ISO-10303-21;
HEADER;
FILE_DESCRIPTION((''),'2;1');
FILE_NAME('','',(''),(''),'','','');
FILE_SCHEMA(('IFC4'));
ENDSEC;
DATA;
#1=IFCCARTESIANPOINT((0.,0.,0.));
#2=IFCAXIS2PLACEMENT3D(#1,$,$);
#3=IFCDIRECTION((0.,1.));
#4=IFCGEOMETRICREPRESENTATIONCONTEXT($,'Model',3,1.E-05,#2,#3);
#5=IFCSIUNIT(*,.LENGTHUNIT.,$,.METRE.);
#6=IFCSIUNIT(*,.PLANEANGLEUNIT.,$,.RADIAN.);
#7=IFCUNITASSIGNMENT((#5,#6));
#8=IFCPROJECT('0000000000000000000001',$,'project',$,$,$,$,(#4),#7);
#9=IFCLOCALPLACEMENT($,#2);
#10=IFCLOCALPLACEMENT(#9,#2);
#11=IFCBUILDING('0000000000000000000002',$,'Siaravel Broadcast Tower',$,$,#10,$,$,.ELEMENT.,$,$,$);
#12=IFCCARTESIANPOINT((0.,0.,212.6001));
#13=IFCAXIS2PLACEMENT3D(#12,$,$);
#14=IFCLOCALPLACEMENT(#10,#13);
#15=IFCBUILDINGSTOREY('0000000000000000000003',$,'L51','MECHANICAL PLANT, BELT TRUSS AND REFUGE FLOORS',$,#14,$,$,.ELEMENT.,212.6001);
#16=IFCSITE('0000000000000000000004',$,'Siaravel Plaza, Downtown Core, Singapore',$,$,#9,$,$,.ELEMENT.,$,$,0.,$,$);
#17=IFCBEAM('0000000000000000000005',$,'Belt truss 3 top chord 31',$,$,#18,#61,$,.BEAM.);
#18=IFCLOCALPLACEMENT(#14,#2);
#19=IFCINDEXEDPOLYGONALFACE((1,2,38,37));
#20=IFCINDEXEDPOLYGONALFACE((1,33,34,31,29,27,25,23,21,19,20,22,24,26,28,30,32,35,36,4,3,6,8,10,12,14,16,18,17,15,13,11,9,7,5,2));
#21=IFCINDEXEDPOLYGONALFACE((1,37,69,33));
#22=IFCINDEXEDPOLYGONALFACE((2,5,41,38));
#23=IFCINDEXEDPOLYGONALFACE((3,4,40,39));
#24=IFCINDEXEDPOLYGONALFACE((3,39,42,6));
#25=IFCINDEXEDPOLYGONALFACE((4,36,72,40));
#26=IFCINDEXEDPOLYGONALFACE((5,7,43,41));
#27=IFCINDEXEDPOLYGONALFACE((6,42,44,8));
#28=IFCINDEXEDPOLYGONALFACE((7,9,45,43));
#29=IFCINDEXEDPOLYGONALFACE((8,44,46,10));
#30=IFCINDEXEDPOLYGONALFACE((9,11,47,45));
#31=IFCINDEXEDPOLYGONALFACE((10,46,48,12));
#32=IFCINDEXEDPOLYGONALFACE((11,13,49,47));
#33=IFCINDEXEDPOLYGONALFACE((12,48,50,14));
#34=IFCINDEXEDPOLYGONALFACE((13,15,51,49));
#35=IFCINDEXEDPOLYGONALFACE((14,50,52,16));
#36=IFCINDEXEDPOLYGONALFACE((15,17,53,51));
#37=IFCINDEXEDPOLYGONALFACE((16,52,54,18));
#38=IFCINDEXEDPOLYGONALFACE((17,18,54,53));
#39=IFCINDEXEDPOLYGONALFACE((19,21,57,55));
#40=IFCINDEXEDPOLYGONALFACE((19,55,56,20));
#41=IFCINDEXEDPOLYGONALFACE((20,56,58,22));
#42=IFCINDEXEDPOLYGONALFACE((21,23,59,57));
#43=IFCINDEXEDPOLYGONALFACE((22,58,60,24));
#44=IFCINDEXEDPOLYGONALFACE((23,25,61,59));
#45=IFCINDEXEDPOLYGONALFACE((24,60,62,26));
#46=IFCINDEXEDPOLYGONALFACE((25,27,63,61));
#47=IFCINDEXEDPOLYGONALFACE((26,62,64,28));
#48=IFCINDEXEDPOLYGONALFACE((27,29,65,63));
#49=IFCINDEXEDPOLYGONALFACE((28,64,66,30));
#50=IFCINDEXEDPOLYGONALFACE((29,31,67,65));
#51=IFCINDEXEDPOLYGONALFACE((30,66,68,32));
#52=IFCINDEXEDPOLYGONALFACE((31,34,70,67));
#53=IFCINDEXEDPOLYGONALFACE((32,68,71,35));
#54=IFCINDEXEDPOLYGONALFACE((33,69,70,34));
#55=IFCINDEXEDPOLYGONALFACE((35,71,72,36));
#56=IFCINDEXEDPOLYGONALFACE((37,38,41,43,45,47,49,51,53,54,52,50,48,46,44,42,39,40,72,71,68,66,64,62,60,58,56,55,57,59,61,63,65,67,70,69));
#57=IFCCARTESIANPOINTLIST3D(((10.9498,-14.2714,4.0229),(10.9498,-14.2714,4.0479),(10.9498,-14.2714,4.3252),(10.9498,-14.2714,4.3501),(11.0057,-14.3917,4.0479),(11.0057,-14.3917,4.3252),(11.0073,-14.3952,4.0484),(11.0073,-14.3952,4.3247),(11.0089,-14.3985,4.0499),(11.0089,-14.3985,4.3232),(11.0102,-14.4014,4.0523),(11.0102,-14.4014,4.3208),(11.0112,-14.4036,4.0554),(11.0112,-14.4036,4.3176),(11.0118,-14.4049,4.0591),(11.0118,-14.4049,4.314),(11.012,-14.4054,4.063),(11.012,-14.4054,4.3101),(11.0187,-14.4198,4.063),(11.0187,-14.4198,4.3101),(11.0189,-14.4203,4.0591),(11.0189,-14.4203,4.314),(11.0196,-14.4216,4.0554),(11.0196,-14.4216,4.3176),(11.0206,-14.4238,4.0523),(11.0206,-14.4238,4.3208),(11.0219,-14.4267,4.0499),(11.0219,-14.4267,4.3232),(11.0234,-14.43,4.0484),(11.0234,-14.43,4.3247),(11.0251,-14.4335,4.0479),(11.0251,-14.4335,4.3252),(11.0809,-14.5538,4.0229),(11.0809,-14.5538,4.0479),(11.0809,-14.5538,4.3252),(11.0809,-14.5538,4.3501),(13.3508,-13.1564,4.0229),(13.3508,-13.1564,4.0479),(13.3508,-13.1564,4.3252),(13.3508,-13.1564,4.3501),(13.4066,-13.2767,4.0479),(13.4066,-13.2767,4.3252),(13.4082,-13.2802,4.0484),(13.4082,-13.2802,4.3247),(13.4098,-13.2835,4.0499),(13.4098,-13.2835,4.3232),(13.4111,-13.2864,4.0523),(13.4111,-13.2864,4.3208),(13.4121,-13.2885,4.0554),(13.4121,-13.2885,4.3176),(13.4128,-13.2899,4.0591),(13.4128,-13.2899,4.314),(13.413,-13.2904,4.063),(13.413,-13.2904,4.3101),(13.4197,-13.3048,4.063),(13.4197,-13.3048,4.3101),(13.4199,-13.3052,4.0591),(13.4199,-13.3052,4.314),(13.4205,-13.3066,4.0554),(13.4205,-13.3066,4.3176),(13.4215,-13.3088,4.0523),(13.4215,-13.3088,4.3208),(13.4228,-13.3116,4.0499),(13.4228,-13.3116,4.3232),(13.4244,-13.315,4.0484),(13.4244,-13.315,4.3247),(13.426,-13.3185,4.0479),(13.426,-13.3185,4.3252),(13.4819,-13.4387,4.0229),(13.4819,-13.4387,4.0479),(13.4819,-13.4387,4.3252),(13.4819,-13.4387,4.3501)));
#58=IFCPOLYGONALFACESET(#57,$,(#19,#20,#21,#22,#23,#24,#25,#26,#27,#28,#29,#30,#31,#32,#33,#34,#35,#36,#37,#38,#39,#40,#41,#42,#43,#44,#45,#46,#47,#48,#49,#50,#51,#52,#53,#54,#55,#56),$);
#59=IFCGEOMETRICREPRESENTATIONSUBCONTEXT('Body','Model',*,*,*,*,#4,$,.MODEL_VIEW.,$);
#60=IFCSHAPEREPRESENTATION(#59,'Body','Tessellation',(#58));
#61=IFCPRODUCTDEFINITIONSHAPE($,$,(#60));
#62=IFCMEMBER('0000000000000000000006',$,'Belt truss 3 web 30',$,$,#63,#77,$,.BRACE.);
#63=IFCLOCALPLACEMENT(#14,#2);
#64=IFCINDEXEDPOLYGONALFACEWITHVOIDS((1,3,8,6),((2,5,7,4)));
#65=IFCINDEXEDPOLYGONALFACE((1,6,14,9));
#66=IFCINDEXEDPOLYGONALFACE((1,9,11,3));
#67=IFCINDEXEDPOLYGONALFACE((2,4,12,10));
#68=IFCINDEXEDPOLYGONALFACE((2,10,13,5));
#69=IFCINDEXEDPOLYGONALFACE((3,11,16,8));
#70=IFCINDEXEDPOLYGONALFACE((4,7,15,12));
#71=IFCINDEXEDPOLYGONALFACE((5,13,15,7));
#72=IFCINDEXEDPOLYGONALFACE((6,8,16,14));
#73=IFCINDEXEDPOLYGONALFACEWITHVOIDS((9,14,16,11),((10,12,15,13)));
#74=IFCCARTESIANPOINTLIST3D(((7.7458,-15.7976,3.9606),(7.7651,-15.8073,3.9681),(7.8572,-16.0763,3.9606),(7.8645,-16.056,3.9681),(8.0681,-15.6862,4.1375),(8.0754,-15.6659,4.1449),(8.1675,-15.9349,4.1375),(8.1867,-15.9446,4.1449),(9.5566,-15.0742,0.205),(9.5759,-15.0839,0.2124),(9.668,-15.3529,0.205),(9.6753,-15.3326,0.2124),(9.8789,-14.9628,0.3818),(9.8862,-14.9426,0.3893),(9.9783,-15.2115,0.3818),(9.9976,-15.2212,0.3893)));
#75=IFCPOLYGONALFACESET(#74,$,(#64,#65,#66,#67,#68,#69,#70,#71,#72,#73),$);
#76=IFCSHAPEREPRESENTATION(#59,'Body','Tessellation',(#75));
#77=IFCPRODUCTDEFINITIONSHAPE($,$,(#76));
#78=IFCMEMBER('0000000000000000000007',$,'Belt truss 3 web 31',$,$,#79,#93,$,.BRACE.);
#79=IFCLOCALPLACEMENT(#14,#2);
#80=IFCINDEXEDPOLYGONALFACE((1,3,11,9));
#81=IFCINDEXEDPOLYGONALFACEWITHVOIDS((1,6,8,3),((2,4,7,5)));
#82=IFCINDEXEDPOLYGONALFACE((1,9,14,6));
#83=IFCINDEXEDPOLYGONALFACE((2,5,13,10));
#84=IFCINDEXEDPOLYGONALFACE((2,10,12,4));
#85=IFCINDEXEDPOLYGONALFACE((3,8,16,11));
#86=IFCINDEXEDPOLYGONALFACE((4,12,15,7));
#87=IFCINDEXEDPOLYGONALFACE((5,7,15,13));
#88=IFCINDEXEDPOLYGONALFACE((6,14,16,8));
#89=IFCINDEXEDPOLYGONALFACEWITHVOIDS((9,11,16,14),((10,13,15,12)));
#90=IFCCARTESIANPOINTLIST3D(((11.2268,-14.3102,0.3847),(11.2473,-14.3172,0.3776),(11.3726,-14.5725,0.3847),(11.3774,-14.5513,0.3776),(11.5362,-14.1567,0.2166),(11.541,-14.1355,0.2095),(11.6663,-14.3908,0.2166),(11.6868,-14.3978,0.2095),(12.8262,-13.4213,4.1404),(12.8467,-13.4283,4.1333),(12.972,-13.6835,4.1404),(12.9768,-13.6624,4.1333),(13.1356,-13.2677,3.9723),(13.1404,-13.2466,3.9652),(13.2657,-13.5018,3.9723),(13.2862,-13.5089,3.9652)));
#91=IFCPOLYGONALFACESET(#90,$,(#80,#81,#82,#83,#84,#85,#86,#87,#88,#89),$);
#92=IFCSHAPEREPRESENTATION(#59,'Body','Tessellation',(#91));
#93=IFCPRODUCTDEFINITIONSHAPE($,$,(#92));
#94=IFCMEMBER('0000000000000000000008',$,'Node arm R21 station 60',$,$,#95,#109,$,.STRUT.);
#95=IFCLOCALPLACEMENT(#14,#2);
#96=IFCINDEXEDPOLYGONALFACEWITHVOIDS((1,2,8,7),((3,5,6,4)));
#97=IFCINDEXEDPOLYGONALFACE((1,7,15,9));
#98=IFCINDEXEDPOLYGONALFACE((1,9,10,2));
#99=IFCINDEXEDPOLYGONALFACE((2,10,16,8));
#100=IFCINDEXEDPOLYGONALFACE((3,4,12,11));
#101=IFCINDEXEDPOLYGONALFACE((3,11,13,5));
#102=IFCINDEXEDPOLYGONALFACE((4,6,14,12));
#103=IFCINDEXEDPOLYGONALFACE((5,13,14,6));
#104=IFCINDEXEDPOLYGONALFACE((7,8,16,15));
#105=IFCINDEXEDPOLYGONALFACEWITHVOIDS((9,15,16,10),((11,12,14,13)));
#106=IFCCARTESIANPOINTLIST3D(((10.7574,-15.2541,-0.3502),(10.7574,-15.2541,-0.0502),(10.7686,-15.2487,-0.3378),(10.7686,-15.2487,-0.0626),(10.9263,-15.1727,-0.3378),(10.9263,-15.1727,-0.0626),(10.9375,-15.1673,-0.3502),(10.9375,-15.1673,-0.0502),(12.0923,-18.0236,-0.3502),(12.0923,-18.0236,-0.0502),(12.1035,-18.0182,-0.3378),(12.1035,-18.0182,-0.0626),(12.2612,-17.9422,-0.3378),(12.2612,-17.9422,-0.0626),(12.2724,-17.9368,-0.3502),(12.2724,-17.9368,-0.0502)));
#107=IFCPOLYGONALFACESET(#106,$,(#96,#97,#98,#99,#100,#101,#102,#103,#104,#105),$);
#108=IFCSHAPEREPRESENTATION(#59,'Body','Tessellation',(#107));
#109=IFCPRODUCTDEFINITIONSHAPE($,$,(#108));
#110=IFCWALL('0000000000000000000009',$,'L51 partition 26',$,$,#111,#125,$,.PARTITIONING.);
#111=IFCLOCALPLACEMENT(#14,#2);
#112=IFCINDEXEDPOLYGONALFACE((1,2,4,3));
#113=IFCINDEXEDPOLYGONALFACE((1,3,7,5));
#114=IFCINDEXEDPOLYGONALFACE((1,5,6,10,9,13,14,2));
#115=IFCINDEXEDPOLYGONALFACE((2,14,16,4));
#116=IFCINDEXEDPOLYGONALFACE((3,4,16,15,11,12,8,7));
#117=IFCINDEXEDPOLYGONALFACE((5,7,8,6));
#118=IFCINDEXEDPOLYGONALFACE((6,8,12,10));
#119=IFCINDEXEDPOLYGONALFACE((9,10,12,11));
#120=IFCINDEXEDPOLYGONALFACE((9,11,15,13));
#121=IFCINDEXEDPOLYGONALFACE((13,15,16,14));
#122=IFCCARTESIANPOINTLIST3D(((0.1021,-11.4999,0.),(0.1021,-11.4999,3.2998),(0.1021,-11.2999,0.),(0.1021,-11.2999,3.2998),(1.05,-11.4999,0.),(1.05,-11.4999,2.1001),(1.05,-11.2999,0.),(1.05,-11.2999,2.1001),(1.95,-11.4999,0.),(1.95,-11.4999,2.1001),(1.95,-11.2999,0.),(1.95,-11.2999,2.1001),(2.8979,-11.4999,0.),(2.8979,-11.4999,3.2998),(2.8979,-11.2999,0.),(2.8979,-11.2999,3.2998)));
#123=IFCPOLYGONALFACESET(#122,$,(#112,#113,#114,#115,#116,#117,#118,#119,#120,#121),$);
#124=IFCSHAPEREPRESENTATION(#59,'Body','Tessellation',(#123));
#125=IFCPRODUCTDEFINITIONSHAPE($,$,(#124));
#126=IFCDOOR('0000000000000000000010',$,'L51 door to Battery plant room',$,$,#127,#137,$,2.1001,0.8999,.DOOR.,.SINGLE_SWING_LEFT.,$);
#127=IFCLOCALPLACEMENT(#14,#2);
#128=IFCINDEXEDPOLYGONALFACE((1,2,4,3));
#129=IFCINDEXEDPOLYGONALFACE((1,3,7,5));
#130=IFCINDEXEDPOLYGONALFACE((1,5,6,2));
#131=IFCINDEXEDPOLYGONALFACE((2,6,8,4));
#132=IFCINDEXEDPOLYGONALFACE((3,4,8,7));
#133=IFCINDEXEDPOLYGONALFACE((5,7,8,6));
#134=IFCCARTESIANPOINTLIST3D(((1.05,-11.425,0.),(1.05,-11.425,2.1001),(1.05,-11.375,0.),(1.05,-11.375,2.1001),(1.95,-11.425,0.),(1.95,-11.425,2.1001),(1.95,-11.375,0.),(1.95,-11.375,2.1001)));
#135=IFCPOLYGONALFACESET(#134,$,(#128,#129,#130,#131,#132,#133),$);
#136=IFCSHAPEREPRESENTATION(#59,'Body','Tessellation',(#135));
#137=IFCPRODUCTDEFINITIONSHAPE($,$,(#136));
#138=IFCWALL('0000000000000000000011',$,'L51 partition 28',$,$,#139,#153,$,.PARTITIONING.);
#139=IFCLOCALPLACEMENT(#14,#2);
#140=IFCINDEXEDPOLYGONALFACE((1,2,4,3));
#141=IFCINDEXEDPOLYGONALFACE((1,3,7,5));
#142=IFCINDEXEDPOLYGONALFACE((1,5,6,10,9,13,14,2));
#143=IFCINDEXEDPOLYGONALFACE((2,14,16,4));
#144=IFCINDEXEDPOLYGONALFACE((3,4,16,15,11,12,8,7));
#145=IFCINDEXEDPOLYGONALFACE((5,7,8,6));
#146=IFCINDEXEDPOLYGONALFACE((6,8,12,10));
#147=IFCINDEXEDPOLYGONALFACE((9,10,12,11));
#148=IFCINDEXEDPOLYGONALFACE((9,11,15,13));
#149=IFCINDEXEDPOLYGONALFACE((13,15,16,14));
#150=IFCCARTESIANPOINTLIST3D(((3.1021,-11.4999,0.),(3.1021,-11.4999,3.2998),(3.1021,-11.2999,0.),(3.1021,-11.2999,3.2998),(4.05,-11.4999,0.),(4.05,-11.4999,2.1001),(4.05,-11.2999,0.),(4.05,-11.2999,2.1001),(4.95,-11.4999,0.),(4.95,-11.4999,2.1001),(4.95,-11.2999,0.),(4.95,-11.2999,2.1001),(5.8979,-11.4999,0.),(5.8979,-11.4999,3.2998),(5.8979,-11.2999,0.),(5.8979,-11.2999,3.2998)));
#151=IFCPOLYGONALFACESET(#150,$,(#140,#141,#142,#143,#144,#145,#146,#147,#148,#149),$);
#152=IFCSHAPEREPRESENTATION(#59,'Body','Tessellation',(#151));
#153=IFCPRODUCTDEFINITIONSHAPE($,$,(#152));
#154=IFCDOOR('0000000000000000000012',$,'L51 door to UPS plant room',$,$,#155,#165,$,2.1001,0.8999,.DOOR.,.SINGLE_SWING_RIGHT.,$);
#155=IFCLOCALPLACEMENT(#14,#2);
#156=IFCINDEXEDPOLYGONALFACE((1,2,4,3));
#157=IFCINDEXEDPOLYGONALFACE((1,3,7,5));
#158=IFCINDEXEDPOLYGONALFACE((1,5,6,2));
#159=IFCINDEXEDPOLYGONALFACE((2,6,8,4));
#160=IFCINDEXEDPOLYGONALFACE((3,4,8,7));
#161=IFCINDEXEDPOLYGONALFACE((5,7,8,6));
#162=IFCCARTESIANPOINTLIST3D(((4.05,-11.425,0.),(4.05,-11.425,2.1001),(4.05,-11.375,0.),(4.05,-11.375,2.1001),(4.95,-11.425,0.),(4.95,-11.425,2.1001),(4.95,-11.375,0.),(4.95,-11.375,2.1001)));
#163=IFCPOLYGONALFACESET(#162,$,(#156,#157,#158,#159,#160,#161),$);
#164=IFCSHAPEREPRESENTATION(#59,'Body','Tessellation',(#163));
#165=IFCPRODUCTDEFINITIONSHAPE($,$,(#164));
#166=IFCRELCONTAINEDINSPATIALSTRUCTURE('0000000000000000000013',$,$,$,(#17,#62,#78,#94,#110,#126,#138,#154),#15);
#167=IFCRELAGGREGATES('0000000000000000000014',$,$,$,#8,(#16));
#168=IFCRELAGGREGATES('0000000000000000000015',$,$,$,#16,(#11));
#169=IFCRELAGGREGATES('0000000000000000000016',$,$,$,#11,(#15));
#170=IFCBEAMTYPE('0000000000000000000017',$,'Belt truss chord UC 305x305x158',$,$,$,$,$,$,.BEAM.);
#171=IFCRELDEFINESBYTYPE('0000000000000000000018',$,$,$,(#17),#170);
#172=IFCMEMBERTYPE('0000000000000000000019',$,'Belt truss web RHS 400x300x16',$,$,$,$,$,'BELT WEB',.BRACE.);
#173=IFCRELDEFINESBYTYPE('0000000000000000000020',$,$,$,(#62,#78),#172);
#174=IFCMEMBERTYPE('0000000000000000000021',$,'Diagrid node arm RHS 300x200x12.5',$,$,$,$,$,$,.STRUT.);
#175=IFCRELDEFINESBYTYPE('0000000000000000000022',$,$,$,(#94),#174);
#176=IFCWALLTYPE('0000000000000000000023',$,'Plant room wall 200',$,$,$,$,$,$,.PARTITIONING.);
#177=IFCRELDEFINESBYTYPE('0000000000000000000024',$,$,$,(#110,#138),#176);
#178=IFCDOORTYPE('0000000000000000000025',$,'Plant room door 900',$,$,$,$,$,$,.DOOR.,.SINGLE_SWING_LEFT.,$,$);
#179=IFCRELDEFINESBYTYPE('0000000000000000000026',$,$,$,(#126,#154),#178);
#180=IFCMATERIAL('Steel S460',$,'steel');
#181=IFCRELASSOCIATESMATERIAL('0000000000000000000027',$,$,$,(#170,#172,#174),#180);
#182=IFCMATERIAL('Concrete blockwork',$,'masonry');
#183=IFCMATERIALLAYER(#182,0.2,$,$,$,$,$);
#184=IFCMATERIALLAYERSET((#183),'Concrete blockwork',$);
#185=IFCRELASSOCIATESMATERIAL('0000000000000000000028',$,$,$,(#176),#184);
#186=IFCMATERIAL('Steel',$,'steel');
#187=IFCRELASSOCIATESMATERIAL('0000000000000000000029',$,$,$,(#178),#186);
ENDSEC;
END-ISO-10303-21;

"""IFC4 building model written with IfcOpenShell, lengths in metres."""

from ifc_helpers import new_model, si_unit, direction, frame, frame_2d, origin, origin_2d, place, context, subcontext, project, spatial, rectangle, hollow_rectangle, i_section, extrude, material, layer, layer_set, material_profile, profile_set, type_object, element, fill, save


model = new_model("IFC4")

# Units and contexts
model_context = context("Model", 3, precision=1e-05, world=origin(), true_north=direction((0.0, 1.0)))
body_context = subcontext(model_context, "Body", "Model", "MODEL_VIEW")
ifc_project = project(units=[si_unit("LENGTHUNIT", "METRE"), si_unit("PLANEANGLEUNIT", "RADIAN")], contexts=[model_context])

# Site, building, storey
site_placement = place(None, origin())
site = spatial("IfcSite", under=ifc_project, at=site_placement, Name="Siaravel Plaza, Downtown Core, Singapore", CompositionType="ELEMENT", RefElevation=0.0)
building_placement = place(site_placement, origin())
building = spatial("IfcBuilding", under=site, at=building_placement, Name="Siaravel Broadcast Tower", CompositionType="ELEMENT")
storey_placement = place(building_placement, frame((0.0, 0.0, 212.6001)))
storey = spatial("IfcBuildingStorey", under=building, at=storey_placement, Name="L51", Description="MECHANICAL PLANT, BELT TRUSS AND REFUGE FLOORS", CompositionType="ELEMENT", Elevation=212.6001)

# Beam
ifc_material_1 = material(Name="Steel S460", Category="steel")
ifc_material_profile_1 = material_profile(ifc_material_1, i_section(OverallWidth=0.3113, OverallDepth=0.3271, WebThickness=0.0159, FlangeThickness=0.0249, FilletRadius=0.0151, at=origin_2d()))
ifc_profile_set_1 = profile_set([ifc_material_profile_1], Name="Steel S460")
beam_type_1 = type_object("IfcBeamType", Name="Belt truss chord UC 305x305x158", PredefinedType="BEAM", material=ifc_profile_set_1)
beam_1_placement = place(storey_placement, frame((11.0154, -14.4126, 4.1865), z_axis=(0.906966, 0.421203, 0.0), x_axis=(-0.421203, 0.906966, 0.0)))
element("IfcBeam", 1, at=beam_1_placement, inside=storey, type_object=beam_type_1, Name="Belt truss 3 top chord 31", PredefinedType="BEAM", context=body_context, shape_type="SweptSolid", body=[
    extrude(i_section(OverallWidth=0.3113, OverallDepth=0.3271, WebThickness=0.0159, FlangeThickness=0.0249, FilletRadius=0.0151, at=origin_2d()), origin(), (0.0, 0.0, 1.0), 2.6472),
])

# Members
ifc_material_profile_2 = material_profile(ifc_material_1, hollow_rectangle(XDim=0.3, YDim=0.3999, WallThickness=0.0161, at=origin_2d()))
ifc_profile_set_2 = profile_set([ifc_material_profile_2], Name="Steel S460")
member_type_1 = type_object("IfcMemberType", Name="Belt truss web RHS 400x300x16", ElementType="BELT WEB", PredefinedType="BRACE", material=ifc_profile_set_2)
member_1_placement = place(storey_placement, frame((9.7771, -15.1477, 0.2971), z_axis=(-0.427916, -0.170947, 0.887505), x_axis=(0.37098, -0.928641, 0.0)))
element("IfcMember", 2, at=member_1_placement, inside=storey, type_object=member_type_1, Name="Belt truss 3 web 30", PredefinedType="BRACE", context=body_context, shape_type="SweptSolid", body=[
    extrude(hollow_rectangle(XDim=0.3, YDim=0.3999, WallThickness=0.0161, at=origin_2d()), origin(), (0.0, 0.0, 1.0), 4.2317),
])
member_2_placement = place(storey_placement, frame((11.4568, -14.354, 0.2971), z_axis=(0.382838, 0.212779, 0.898977), x_axis=(-0.485802, 0.874069, 0.0)))
element("IfcMember", 3, at=member_2_placement, inside=storey, type_object=member_type_1, Name="Belt truss 3 web 31", PredefinedType="BRACE", context=body_context, shape_type="SweptSolid", body=[
    extrude(hollow_rectangle(XDim=0.3, YDim=0.3999, WallThickness=0.0161, at=origin_2d()), origin(), (0.0, 0.0, 1.0), 4.1777),
])
ifc_material_profile_3 = material_profile(ifc_material_1, hollow_rectangle(XDim=0.2, YDim=0.3, WallThickness=0.0125, at=origin_2d()))
ifc_profile_set_3 = profile_set([ifc_material_profile_3], Name="Steel S460")
member_type_2 = type_object("IfcMemberType", Name="Diagrid node arm RHS 300x200x12.5", PredefinedType="STRUT", material=ifc_profile_set_3)
member_3_placement = place(storey_placement, frame((10.8474, -15.2107, -0.2002), z_axis=(0.434207, -0.900813, 0.0), x_axis=(0.900813, 0.434207, 0.0)))
element("IfcMember", 4, at=member_3_placement, inside=storey, type_object=member_type_2, Name="Node arm R21 station 60", PredefinedType="STRUT", context=body_context, shape_type="SweptSolid", body=[
    extrude(hollow_rectangle(XDim=0.2, YDim=0.3, WallThickness=0.0125, at=origin_2d()), origin(), (0.0, 0.0, 1.0), 3.0745),
])

# Walls, openings, doors
ifc_material_2 = material(Name="Concrete blockwork", Category="masonry")
ifc_layer_1 = layer(ifc_material_2, 0.2)
ifc_layer_set_1 = layer_set([ifc_layer_1], Name="Concrete blockwork")
wall_type_1 = type_object("IfcWallType", Name="Plant room wall 200", PredefinedType="PARTITIONING", material=ifc_layer_set_1)
wall_1_placement = place(storey_placement, frame((0.1021, -11.3999, 0.0), z_axis=(0.0, 0.0, 1.0), x_axis=(1.0, 0.0, 0.0)))
wall_1 = element("IfcWall", 5, at=wall_1_placement, inside=storey, type_object=wall_type_1, Name="L51 partition 26", PredefinedType="PARTITIONING", context=body_context, shape_type="SweptSolid", body=[
    extrude(rectangle(XDim=2.7959, YDim=0.2, at=frame_2d((1.3979, 0.0))), origin(), (0.0, 0.0, 1.0), 3.2998),
])
opening_1_placement = place(wall_1_placement, frame((0.948, 0.0, 0.0)))
opening_1 = element("IfcOpeningElement", 6, at=opening_1_placement, cuts=wall_1, PredefinedType="OPENING", context=body_context, shape_type="SweptSolid", body=[
    extrude(rectangle(XDim=0.8999, YDim=2.1001, at=frame_2d((0.45, 1.05))), frame((0.0, 0.1099, 0.0), z_axis=(0.0, -1.0, 0.0), x_axis=(1.0, 0.0, 0.0)), (0.0, 0.0, 1.0), 0.22),
])
ifc_material_3 = material(Name="Steel", Category="steel")
door_type = type_object("IfcDoorType", Name="Plant room door 900", OperationType="SINGLE_SWING_LEFT", PredefinedType="DOOR", material=ifc_material_3)
door_1_placement = place(opening_1_placement, origin())
door_1 = element("IfcDoor", 7, at=door_1_placement, inside=storey, type_object=door_type, Name="L51 door to Battery plant room", OperationType="SINGLE_SWING_LEFT", OverallHeight=2.1001, OverallWidth=0.8999, PredefinedType="DOOR", context=body_context, shape_type="SweptSolid", body=[
    extrude(rectangle(XDim=0.8999, YDim=2.1001, at=frame_2d((0.45, 1.05))), frame((0.0, 0.0249, 0.0), z_axis=(0.0, -1.0, 0.0), x_axis=(1.0, 0.0, 0.0)), (0.0, 0.0, 1.0), 0.05),
])
fill(opening_1, door_1)
wall_2_placement = place(storey_placement, frame((3.1021, -11.3999, 0.0), z_axis=(0.0, 0.0, 1.0), x_axis=(1.0, 0.0, 0.0)))
wall_2 = element("IfcWall", 8, at=wall_2_placement, inside=storey, type_object=wall_type_1, Name="L51 partition 28", PredefinedType="PARTITIONING", context=body_context, shape_type="SweptSolid", body=[
    extrude(rectangle(XDim=2.7959, YDim=0.2, at=frame_2d((1.3979, 0.0))), origin(), (0.0, 0.0, 1.0), 3.2998),
])
opening_2_placement = place(wall_2_placement, frame((0.948, 0.0, 0.0)))
opening_2 = element("IfcOpeningElement", 9, at=opening_2_placement, cuts=wall_2, PredefinedType="OPENING", context=body_context, shape_type="SweptSolid", body=[
    extrude(rectangle(XDim=0.8999, YDim=2.1001, at=frame_2d((0.45, 1.05))), frame((0.0, 0.1099, 0.0), z_axis=(0.0, -1.0, 0.0), x_axis=(1.0, 0.0, 0.0)), (0.0, 0.0, 1.0), 0.22),
])
door_2_placement = place(opening_2_placement, origin())
door_2 = element("IfcDoor", 10, at=door_2_placement, inside=storey, type_object=door_type, Name="L51 door to UPS plant room", OperationType="SINGLE_SWING_RIGHT", OverallHeight=2.1001, OverallWidth=0.8999, PredefinedType="DOOR", context=body_context, shape_type="SweptSolid", body=[
    extrude(rectangle(XDim=0.8999, YDim=2.1001, at=frame_2d((0.45, 1.05))), frame((0.0, 0.0249, 0.0), z_axis=(0.0, -1.0, 0.0), x_axis=(1.0, 0.0, 0.0)), (0.0, 0.0, 1.0), 0.05),
])
fill(opening_2, door_2)

save(model, "model.ifc")
